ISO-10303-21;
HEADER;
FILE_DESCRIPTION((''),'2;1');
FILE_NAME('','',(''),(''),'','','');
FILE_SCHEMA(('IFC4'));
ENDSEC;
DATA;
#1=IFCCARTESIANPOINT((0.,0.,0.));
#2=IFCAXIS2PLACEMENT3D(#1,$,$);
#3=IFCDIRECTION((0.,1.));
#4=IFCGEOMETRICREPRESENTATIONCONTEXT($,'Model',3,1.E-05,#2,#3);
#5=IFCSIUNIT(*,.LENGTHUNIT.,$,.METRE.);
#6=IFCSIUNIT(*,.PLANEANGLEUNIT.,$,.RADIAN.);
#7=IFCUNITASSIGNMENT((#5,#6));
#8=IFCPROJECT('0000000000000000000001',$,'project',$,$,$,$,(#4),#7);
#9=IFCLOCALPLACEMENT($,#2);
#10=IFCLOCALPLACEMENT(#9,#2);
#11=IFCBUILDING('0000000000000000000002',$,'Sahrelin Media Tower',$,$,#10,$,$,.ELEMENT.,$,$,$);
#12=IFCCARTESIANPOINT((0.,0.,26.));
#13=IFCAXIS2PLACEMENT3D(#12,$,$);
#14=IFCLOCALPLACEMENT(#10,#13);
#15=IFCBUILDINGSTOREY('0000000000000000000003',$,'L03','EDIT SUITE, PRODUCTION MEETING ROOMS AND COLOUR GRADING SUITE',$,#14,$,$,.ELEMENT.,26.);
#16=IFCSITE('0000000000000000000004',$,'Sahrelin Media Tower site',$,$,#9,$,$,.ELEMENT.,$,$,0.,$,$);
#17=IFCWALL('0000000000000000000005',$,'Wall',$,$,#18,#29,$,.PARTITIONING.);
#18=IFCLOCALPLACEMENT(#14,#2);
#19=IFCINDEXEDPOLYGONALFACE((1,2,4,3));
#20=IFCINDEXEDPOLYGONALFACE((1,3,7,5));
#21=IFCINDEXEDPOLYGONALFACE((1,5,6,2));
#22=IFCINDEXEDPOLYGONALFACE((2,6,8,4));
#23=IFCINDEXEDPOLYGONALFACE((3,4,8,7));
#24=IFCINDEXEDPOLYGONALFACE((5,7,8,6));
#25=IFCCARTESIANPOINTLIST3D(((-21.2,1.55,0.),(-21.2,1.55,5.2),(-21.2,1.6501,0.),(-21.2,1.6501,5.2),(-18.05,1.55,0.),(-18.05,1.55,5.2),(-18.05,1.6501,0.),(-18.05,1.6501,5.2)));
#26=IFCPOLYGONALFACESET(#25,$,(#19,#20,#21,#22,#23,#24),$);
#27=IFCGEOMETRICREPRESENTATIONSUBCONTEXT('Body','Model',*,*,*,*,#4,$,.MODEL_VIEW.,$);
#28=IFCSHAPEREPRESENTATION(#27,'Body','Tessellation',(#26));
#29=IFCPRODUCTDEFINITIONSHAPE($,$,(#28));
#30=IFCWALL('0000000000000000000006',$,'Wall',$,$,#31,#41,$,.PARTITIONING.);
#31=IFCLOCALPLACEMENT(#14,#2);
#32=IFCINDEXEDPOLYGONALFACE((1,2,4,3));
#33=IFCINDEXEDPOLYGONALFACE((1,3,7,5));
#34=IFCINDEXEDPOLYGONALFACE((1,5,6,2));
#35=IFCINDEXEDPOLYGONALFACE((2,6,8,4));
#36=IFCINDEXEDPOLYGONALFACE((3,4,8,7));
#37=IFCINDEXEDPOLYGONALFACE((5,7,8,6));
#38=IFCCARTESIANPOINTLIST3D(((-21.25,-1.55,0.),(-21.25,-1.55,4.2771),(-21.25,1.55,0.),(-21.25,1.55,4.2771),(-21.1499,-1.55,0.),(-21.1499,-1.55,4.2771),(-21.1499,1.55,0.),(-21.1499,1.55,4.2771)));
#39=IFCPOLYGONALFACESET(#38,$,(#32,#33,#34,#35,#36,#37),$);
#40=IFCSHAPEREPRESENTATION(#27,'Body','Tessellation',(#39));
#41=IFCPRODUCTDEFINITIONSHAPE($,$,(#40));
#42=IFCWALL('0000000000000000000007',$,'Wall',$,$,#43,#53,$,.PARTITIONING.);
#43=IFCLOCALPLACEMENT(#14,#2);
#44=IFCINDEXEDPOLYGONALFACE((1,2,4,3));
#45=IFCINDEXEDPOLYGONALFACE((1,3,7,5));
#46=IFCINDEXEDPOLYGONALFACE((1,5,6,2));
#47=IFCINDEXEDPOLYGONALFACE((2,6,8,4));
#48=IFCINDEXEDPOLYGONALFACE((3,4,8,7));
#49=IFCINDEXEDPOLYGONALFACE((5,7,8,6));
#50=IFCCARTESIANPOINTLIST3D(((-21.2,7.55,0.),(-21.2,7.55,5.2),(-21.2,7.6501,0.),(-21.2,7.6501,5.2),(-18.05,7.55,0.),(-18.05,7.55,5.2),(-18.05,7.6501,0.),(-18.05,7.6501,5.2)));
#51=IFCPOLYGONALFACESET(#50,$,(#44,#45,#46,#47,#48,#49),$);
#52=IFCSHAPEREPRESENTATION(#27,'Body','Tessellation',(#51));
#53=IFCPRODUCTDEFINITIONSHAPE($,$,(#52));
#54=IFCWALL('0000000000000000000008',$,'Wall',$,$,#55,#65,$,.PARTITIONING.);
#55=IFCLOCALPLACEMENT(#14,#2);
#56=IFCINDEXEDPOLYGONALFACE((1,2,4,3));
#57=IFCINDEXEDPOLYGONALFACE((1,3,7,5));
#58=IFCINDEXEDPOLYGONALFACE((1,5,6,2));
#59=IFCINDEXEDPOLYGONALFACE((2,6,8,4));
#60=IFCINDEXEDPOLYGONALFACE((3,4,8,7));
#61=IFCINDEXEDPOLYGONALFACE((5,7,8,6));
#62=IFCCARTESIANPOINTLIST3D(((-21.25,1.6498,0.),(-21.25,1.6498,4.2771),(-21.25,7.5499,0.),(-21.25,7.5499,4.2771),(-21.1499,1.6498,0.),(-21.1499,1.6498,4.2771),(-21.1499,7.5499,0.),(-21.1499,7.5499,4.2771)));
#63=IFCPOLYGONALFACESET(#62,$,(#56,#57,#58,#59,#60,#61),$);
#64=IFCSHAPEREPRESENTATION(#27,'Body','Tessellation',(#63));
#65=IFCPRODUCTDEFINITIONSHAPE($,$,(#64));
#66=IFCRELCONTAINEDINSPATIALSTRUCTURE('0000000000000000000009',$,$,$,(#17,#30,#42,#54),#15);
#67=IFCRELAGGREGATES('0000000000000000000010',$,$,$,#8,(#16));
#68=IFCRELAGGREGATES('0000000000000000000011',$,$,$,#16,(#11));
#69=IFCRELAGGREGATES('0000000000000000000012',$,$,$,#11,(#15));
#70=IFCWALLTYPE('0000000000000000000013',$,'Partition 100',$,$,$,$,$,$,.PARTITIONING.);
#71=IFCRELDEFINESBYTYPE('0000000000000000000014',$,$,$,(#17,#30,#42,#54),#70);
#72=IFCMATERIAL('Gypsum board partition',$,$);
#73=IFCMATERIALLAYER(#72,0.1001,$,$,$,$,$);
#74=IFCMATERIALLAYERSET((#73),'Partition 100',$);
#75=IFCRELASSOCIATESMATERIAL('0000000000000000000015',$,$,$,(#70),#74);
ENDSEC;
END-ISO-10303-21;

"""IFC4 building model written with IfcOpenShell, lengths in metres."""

from ifc_helpers import new_model, si_unit, direction, frame, frame_2d, origin, place, context, subcontext, project, spatial, rectangle, extrude, material, layer, layer_set, type_object, element, save


model = new_model("IFC4")

# Units and contexts
model_context = context("Model", 3, precision=1e-05, world=origin(), true_north=direction((0.0, 1.0)))
body_context = subcontext(model_context, "Body", "Model", "MODEL_VIEW")
ifc_project = project(units=[si_unit("LENGTHUNIT", "METRE"), si_unit("PLANEANGLEUNIT", "RADIAN")], contexts=[model_context])

# Site, building, storey
site_placement = place(None, origin())
site = spatial("IfcSite", under=ifc_project, at=site_placement, Name="Sahrelin Media Tower site", CompositionType="ELEMENT", RefElevation=0.0)
building_placement = place(site_placement, origin())
building = spatial("IfcBuilding", under=site, at=building_placement, Name="Sahrelin Media Tower", CompositionType="ELEMENT")
storey_placement = place(building_placement, frame((0.0, 0.0, 26.0)))
storey = spatial("IfcBuildingStorey", under=building, at=storey_placement, Name="L03", Description="EDIT SUITE, PRODUCTION MEETING ROOMS AND COLOUR GRADING SUITE", CompositionType="ELEMENT", Elevation=26.0)

# Shared definitions
ifc_material_1 = material(Name="Gypsum board partition")
ifc_layer_1 = layer(ifc_material_1, 0.1001)
ifc_layer_set_1 = layer_set([ifc_layer_1], Name="Partition 100")
wall_type = type_object("IfcWallType", Name="Partition 100", PredefinedType="PARTITIONING", material=ifc_layer_set_1)

# Walls
wall_1_placement = place(storey_placement, frame((-18.05, 1.6001, 0.0), z_axis=(0.0, 0.0, 1.0), x_axis=(-1.0, 0.0, 0.0)))
element("IfcWall", 1, at=wall_1_placement, inside=storey, type_object=wall_type, Name="Wall", PredefinedType="PARTITIONING", context=body_context, shape_type="SweptSolid", body=[
    extrude(rectangle(XDim=3.1499, YDim=0.1001, at=frame_2d((1.575, 0.0))), origin(), (0.0, 0.0, 1.0), 5.2),
])
wall_2_placement = place(storey_placement, frame((-21.2, 1.55, 0.0), z_axis=(0.0, 0.0, 1.0), x_axis=(0.0, -1.0, 0.0)))
element("IfcWall", 2, at=wall_2_placement, inside=storey, type_object=wall_type, Name="Wall", PredefinedType="PARTITIONING", context=body_context, shape_type="SweptSolid", body=[
    extrude(rectangle(XDim=3.1001, YDim=0.1001, at=frame_2d((1.55, 0.0))), origin(), (0.0, 0.0, 1.0), 4.2771),
])
wall_3_placement = place(storey_placement, frame((-18.05, 7.6001, 0.0), z_axis=(0.0, 0.0, 1.0), x_axis=(-1.0, 0.0, 0.0)))
element("IfcWall", 3, at=wall_3_placement, inside=storey, type_object=wall_type, Name="Wall", PredefinedType="PARTITIONING", context=body_context, shape_type="SweptSolid", body=[
    extrude(rectangle(XDim=3.1499, YDim=0.1001, at=frame_2d((1.575, 0.0))), origin(), (0.0, 0.0, 1.0), 5.2),
])
wall_4_placement = place(storey_placement, frame((-21.2, 7.55, 0.0), z_axis=(0.0, 0.0, 1.0), x_axis=(0.0, -1.0, 0.0)))
element("IfcWall", 4, at=wall_4_placement, inside=storey, type_object=wall_type, Name="Wall", PredefinedType="PARTITIONING", context=body_context, shape_type="SweptSolid", body=[
    extrude(rectangle(XDim=5.9001, YDim=0.1001, at=frame_2d((2.9502, 0.0))), origin(), (0.0, 0.0, 1.0), 4.2771),
])

save(model, "model.ifc")
